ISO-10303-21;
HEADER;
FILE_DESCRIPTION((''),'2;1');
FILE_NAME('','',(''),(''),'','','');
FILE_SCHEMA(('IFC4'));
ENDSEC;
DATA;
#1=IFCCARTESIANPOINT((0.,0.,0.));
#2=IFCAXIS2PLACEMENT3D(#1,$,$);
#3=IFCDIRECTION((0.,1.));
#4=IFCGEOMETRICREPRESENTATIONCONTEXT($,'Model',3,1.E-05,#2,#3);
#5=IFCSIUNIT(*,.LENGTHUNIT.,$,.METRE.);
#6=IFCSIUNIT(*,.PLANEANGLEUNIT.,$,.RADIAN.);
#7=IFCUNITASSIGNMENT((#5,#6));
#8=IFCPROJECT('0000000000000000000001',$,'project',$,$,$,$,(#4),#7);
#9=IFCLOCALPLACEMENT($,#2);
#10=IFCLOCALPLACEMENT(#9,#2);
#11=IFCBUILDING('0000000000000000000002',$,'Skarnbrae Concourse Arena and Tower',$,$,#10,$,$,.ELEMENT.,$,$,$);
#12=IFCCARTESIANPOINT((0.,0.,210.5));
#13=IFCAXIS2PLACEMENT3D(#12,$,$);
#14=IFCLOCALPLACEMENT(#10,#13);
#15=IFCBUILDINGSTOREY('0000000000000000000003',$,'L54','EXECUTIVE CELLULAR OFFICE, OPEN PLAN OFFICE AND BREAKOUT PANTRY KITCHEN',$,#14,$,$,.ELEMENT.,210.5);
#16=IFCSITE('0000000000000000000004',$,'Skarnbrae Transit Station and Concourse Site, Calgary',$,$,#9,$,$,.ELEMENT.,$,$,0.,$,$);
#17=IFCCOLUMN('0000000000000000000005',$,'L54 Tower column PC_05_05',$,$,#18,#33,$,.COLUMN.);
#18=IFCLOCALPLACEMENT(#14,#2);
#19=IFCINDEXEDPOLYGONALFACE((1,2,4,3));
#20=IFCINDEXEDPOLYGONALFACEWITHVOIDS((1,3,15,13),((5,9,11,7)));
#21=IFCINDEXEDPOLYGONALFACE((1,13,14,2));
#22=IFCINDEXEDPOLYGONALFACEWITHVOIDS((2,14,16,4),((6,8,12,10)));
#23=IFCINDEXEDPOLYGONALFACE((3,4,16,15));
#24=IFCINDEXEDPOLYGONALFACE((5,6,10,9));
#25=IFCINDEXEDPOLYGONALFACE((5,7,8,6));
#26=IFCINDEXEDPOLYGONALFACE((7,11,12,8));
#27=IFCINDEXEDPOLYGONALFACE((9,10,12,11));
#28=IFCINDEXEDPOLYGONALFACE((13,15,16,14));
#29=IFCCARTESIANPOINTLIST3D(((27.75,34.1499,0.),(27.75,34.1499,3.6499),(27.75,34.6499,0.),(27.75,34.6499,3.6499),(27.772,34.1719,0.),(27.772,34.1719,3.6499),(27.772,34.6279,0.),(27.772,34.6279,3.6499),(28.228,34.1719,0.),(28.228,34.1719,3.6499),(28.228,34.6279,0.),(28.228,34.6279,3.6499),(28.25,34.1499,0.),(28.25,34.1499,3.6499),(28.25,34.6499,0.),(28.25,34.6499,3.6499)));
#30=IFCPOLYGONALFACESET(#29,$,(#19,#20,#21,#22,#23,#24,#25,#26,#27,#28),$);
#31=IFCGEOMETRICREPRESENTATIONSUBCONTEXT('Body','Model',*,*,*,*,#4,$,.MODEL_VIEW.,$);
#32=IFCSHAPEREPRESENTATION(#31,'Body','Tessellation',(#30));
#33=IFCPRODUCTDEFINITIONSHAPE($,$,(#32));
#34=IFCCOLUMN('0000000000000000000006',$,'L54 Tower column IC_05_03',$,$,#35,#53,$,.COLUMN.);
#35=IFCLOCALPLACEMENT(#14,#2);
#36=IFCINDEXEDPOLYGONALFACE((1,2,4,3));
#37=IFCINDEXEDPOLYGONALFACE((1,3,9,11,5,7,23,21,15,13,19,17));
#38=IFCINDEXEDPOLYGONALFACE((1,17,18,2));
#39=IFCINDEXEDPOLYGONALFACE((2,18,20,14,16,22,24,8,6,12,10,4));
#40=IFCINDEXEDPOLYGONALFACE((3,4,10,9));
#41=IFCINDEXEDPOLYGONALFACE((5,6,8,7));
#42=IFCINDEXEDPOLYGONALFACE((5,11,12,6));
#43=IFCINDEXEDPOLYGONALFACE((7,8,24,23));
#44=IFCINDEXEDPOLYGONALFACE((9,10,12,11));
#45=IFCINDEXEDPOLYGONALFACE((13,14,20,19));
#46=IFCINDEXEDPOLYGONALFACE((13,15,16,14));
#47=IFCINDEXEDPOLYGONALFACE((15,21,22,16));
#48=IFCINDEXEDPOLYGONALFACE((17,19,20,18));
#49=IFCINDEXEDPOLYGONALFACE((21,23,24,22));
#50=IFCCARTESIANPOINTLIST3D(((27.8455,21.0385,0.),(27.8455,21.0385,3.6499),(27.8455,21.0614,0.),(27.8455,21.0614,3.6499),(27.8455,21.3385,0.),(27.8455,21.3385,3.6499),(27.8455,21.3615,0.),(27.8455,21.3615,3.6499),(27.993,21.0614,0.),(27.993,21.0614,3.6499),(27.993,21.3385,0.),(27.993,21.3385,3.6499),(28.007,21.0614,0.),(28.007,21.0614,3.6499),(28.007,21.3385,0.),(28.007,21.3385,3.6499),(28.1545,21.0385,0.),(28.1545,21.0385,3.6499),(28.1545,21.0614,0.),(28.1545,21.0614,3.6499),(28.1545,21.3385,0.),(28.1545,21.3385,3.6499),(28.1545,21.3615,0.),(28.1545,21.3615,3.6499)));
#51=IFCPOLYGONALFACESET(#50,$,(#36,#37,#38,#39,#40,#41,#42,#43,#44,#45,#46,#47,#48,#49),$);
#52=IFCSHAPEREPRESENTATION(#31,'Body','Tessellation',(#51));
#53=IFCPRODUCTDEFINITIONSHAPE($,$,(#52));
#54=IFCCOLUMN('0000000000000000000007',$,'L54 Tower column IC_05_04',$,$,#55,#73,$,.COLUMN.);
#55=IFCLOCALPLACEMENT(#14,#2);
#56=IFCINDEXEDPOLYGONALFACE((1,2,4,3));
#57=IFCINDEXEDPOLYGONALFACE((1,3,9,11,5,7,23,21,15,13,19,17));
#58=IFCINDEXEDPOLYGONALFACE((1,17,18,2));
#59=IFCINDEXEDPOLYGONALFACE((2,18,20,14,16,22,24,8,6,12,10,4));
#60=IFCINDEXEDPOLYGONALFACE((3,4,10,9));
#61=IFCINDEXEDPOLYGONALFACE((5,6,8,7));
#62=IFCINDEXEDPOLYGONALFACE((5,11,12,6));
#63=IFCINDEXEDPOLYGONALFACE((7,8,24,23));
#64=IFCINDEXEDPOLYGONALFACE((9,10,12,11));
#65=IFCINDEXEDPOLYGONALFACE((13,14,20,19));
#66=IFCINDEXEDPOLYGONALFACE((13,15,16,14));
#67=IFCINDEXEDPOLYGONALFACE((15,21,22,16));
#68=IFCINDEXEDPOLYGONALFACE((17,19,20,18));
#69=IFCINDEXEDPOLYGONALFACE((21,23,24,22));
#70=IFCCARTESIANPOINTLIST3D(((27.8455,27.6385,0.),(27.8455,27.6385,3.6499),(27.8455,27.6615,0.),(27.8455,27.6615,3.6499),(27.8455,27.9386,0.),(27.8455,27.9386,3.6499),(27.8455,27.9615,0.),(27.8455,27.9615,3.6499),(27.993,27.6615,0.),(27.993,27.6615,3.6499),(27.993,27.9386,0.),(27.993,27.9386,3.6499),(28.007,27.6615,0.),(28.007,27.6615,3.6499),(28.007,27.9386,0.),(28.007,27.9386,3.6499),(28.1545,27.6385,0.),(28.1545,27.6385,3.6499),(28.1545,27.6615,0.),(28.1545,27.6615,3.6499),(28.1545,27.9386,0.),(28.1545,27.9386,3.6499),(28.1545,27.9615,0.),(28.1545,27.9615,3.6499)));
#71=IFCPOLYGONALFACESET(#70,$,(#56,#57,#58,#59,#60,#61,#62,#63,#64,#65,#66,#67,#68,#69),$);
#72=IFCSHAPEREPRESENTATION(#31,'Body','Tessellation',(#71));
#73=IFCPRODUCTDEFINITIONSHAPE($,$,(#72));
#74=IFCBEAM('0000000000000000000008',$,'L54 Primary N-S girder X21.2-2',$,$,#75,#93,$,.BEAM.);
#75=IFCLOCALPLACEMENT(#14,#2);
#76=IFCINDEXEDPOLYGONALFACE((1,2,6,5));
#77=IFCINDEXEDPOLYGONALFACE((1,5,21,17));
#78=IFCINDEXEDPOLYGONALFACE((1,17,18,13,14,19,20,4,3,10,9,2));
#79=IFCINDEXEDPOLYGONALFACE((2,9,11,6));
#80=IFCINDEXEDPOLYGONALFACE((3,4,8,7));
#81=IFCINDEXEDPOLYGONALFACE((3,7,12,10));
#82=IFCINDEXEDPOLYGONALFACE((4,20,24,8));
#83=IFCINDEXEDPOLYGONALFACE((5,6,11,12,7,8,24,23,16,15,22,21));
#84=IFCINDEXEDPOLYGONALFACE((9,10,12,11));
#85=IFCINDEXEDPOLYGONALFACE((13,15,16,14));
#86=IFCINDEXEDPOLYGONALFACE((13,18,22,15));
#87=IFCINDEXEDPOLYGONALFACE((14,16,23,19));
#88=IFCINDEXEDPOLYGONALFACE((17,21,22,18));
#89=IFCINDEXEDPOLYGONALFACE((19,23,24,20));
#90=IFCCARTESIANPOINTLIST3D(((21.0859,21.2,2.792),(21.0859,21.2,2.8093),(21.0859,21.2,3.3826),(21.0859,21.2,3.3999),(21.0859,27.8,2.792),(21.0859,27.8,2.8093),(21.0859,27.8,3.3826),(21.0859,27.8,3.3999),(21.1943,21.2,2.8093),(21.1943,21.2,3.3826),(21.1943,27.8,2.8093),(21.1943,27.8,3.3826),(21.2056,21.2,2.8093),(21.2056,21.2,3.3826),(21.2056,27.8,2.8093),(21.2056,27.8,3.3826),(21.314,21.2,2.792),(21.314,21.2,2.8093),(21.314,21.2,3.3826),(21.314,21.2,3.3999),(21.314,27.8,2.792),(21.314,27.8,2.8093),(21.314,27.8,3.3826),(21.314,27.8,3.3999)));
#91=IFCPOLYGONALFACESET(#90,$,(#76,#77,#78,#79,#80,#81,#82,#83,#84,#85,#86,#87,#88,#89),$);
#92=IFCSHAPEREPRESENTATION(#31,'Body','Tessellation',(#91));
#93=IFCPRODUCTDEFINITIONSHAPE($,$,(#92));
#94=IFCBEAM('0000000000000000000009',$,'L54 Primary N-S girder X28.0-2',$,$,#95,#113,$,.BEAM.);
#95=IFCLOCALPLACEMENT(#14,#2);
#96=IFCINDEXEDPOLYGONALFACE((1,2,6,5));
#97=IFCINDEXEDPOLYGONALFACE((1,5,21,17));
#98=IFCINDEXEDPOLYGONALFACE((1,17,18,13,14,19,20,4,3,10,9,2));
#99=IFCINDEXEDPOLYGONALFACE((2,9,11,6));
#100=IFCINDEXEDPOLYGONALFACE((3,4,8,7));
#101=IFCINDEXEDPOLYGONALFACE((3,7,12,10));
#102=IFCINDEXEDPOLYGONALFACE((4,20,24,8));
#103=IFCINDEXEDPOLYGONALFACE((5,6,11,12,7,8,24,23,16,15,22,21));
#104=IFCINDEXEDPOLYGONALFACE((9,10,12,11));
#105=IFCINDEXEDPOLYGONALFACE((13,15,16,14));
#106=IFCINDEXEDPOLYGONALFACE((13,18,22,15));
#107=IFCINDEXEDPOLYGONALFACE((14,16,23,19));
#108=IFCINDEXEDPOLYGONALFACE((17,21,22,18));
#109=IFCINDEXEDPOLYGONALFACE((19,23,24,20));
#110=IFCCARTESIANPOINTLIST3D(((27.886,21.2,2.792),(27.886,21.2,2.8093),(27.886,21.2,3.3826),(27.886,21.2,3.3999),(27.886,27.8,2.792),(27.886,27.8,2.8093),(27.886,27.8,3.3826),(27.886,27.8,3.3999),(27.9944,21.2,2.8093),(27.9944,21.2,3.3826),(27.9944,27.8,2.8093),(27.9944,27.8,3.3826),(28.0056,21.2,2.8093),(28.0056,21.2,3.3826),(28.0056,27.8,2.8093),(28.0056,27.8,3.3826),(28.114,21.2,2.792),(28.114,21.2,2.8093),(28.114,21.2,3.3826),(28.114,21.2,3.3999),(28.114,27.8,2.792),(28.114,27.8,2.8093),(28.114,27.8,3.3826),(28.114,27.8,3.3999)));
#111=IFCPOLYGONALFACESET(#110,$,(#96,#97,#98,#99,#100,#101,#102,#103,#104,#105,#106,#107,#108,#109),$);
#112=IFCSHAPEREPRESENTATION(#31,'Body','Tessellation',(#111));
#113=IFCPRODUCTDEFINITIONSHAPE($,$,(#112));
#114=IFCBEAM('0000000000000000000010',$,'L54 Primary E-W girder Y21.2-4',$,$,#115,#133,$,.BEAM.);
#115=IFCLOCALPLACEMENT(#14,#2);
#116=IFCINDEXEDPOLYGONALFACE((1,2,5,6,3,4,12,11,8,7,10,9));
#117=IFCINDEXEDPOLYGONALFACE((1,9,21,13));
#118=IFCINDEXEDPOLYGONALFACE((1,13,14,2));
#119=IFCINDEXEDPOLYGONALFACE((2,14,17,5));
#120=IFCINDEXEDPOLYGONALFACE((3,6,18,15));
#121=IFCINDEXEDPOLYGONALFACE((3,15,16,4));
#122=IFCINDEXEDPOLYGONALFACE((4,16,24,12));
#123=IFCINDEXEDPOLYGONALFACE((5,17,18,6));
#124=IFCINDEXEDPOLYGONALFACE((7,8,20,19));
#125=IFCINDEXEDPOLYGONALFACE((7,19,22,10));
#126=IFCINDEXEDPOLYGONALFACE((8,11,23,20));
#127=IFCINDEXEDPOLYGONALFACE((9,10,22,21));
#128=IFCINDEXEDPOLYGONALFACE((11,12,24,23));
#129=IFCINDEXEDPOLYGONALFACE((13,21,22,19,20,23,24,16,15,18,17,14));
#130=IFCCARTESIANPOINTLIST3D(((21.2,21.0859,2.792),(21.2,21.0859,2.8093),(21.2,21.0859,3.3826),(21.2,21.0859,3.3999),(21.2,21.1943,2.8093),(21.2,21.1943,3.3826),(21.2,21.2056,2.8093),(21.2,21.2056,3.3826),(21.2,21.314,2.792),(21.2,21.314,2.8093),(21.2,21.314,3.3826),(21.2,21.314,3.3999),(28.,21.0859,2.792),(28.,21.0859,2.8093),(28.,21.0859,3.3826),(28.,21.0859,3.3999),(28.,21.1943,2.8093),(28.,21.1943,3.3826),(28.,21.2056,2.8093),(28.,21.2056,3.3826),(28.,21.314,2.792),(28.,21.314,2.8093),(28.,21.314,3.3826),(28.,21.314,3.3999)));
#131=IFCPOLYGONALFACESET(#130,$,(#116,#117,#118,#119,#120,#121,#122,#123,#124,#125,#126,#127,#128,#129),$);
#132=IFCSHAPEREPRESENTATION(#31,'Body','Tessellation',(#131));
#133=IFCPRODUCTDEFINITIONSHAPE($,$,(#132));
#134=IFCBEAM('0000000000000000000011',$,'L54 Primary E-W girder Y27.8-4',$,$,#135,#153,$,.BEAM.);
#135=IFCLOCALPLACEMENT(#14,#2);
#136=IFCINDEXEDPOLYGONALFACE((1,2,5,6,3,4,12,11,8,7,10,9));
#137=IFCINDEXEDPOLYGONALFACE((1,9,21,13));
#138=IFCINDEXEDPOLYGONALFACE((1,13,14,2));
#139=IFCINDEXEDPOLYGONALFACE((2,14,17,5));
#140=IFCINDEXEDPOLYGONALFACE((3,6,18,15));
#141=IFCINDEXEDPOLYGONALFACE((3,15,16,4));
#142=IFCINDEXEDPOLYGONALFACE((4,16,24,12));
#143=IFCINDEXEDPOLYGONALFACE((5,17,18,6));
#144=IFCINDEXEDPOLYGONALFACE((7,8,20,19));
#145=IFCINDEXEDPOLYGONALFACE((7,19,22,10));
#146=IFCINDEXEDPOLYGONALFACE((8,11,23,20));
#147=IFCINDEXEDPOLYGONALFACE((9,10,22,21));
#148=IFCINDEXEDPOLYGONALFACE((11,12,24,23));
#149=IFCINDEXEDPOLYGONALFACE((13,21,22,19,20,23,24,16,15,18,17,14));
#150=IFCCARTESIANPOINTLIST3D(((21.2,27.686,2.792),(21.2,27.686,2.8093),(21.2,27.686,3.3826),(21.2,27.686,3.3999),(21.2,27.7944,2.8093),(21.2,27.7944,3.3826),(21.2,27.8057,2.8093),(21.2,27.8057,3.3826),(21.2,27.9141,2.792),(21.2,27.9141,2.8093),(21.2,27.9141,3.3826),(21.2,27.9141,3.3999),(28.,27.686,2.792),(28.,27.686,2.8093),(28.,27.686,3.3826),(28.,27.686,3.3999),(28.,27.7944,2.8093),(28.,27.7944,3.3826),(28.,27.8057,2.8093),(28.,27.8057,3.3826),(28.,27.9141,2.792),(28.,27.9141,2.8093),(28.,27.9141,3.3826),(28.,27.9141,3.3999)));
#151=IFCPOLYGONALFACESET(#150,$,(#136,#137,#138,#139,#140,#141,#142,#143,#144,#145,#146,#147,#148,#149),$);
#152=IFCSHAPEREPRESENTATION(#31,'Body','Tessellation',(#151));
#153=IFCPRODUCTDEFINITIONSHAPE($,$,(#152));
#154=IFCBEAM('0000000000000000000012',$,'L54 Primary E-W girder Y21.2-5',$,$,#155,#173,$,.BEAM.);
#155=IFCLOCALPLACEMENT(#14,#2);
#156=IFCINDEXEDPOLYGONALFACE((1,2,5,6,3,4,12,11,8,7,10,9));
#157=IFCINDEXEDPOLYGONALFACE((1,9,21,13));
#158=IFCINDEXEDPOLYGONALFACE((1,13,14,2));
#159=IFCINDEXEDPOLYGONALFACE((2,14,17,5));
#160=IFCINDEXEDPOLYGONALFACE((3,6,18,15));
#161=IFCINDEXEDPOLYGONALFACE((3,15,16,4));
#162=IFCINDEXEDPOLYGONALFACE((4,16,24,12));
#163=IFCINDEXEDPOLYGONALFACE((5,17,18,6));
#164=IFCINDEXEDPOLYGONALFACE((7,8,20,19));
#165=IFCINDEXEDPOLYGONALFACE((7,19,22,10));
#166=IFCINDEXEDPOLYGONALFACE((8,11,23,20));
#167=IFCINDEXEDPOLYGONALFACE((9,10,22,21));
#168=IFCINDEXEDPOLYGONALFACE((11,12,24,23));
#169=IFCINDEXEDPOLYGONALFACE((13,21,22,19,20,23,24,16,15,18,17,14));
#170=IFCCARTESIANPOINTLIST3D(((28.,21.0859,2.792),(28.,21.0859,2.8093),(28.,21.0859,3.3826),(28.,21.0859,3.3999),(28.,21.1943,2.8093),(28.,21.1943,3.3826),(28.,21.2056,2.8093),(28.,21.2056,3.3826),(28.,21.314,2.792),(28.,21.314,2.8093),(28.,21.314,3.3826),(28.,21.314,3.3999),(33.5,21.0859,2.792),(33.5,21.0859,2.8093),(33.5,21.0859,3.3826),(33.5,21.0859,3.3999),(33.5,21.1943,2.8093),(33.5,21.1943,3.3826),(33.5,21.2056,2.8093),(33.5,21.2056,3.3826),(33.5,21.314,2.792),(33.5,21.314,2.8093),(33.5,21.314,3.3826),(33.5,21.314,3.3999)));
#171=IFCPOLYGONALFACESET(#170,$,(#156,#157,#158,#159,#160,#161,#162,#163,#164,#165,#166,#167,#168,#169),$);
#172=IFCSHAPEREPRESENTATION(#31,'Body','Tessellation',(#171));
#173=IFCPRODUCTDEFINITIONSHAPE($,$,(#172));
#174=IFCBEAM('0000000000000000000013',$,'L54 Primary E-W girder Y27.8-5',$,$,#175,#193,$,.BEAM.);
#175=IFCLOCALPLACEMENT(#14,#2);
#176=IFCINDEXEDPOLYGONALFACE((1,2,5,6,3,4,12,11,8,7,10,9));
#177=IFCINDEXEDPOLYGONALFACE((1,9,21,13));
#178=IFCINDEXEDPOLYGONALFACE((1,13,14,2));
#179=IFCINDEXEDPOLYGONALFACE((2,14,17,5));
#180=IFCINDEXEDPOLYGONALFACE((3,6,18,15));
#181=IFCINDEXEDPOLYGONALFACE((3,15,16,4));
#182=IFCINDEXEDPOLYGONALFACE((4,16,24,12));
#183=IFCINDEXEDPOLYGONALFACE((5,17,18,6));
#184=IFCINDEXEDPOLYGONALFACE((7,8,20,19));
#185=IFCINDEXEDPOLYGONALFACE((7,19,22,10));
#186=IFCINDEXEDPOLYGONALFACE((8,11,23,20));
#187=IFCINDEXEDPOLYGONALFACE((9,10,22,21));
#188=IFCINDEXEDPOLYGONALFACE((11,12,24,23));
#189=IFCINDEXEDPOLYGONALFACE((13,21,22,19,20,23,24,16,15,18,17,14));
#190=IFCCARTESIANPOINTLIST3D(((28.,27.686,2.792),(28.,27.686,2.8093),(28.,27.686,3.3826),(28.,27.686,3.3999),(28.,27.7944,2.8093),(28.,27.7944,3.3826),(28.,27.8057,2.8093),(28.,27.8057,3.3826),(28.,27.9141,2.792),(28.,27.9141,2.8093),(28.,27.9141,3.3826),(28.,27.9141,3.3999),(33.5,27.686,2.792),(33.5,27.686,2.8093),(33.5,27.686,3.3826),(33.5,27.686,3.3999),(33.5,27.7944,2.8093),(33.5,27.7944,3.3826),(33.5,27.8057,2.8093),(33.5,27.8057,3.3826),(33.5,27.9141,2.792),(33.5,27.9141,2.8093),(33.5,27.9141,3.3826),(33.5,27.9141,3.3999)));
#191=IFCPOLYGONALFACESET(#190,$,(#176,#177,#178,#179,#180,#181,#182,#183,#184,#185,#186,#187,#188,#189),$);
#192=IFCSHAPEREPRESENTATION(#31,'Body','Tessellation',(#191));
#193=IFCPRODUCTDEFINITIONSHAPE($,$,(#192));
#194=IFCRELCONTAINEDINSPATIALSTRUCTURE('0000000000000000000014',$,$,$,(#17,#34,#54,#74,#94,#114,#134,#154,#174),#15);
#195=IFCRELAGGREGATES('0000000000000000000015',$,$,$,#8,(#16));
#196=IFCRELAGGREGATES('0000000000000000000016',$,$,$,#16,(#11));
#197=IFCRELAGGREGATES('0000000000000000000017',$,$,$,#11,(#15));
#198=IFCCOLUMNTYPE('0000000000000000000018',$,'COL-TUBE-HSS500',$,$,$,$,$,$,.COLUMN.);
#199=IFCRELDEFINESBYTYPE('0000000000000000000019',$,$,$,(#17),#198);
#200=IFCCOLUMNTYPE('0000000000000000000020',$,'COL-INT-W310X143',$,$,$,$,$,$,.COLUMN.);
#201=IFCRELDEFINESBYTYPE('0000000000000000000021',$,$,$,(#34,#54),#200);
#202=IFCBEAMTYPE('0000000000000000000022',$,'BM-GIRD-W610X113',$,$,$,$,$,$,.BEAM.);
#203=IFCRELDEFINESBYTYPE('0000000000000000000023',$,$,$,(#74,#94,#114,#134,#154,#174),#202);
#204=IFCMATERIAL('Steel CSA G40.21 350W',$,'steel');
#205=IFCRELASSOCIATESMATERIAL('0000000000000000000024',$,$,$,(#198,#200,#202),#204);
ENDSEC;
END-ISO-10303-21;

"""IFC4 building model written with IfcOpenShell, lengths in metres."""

from ifc_helpers import new_model, si_unit, direction, frame, origin, origin_2d, place, context, subcontext, project, spatial, hollow_rectangle, i_section, extrude, source, transform, mapped, material, material_profile, profile_set, type_object, element, save


model = new_model("IFC4")

# Units and contexts
model_context = context("Model", 3, precision=1e-05, world=origin(), true_north=direction((0.0, 1.0)))
body_context = subcontext(model_context, "Body", "Model", "MODEL_VIEW")
ifc_project = project(units=[si_unit("LENGTHUNIT", "METRE"), si_unit("PLANEANGLEUNIT", "RADIAN")], contexts=[model_context])

# Site, building, storey
site_placement = place(None, origin())
site = spatial("IfcSite", under=ifc_project, at=site_placement, Name="Skarnbrae Transit Station and Concourse Site, Calgary", CompositionType="ELEMENT", RefElevation=0.0)
building_placement = place(site_placement, origin())
building = spatial("IfcBuilding", under=site, at=building_placement, Name="Skarnbrae Concourse Arena and Tower", CompositionType="ELEMENT")
storey_placement = place(building_placement, frame((0.0, 0.0, 210.5)))
storey = spatial("IfcBuildingStorey", under=building, at=storey_placement, Name="L54", Description="EXECUTIVE CELLULAR OFFICE, OPEN PLAN OFFICE AND BREAKOUT PANTRY KITCHEN", CompositionType="ELEMENT", Elevation=210.5)

# Columns
ifc_material_1 = material(Name="Steel CSA G40.21 350W", Category="steel")
ifc_material_profile_1 = material_profile(ifc_material_1, hollow_rectangle(XDim=0.5, YDim=0.5, WallThickness=0.022, at=origin_2d()), Name="HSS500X500X22.0")
ifc_profile_set_1 = profile_set([ifc_material_profile_1], Name="Steel CSA G40.21 350W")
column_type_1 = type_object("IfcColumnType", Name="COL-TUBE-HSS500", PredefinedType="COLUMN", material=ifc_profile_set_1)
shared_shape_1 = source(origin(), body_context, "Body", "SweptSolid", [
    extrude(hollow_rectangle(XDim=0.5, YDim=0.5, WallThickness=0.022, at=origin_2d()), origin(), (0.0, 0.0, 1.0), 3.6499),
])
column_placement = place(storey_placement, frame((28.0, 34.3999, 0.0), z_axis=(0.0, 0.0, 1.0), x_axis=(1.0, 0.0, 0.0)))
element("IfcColumn", 1, at=column_placement, inside=storey, type_object=column_type_1, Name="L54 Tower column PC_05_05", PredefinedType="COLUMN", context=body_context, shape_type="MappedRepresentation", body=[
    mapped(shared_shape_1, transform((0.0, 0.0, 0.0))),
])
ifc_material_profile_2 = material_profile(ifc_material_1, i_section(OverallWidth=0.3091, OverallDepth=0.323, WebThickness=0.0139, FlangeThickness=0.0229, at=origin_2d()), Name="W310X143")
ifc_profile_set_2 = profile_set([ifc_material_profile_2], Name="Steel CSA G40.21 350W")
column_type_2 = type_object("IfcColumnType", Name="COL-INT-W310X143", PredefinedType="COLUMN", material=ifc_profile_set_2)
shared_shape_2 = source(origin(), body_context, "Body", "SweptSolid", [
    extrude(i_section(OverallWidth=0.3091, OverallDepth=0.323, WebThickness=0.0139, FlangeThickness=0.0229, at=origin_2d()), origin(), (0.0, 0.0, 1.0), 3.6499),
])
for number, where, z_axis, x_axis, name in (
    (2, (28.0, 21.2, 0.0), (0.0, 0.0, 1.0), (1.0, 0.0, 0.0), "L54 Tower column IC_05_03"),
    (3, (28.0, 27.8, 0.0), (0.0, 0.0, 1.0), (1.0, 0.0, 0.0), "L54 Tower column IC_05_04"),
):
    element("IfcColumn", number, at=place(storey_placement, frame(where, z_axis=z_axis, x_axis=x_axis)), inside=storey, type_object=column_type_2, Name=name, PredefinedType="COLUMN", context=body_context, shape_type="MappedRepresentation", body=[
        mapped(shared_shape_2, transform((0.0, 0.0, 0.0))),
    ])

# Beams
ifc_material_profile_3 = material_profile(ifc_material_1, i_section(OverallWidth=0.228, OverallDepth=0.6079, WebThickness=0.0112, FlangeThickness=0.0173, at=origin_2d()), Name="W610X113")
ifc_profile_set_3 = profile_set([ifc_material_profile_3], Name="Steel CSA G40.21 350W")
beam_type_1 = type_object("IfcBeamType", Name="BM-GIRD-W610X113", PredefinedType="BEAM", material=ifc_profile_set_3)
shared_shape_3 = source(origin(), body_context, "Body", "SweptSolid", [
    extrude(i_section(OverallWidth=0.228, OverallDepth=0.6079, WebThickness=0.0112, FlangeThickness=0.0173, at=origin_2d()), origin(), (0.0, 0.0, 1.0), 6.6001),
])
for number, where, z_axis, x_axis, name in (
    (4, (21.2, 21.2, 3.0959), (0.0, 1.0, 0.0), (-1.0, 0.0, 0.0), "L54 Primary N-S girder X21.2-2"),
    (5, (28.0, 21.2, 3.0959), (0.0, 1.0, 0.0), (-1.0, 0.0, 0.0), "L54 Primary N-S girder X28.0-2"),
):
    element("IfcBeam", number, at=place(storey_placement, frame(where, z_axis=z_axis, x_axis=x_axis)), inside=storey, type_object=beam_type_1, Name=name, PredefinedType="BEAM", context=body_context, shape_type="MappedRepresentation", body=[
        mapped(shared_shape_3, transform((0.0, 0.0, 0.0))),
    ])
shared_shape_4 = source(origin(), body_context, "Body", "SweptSolid", [
    extrude(i_section(OverallWidth=0.228, OverallDepth=0.6079, WebThickness=0.0112, FlangeThickness=0.0173, at=origin_2d()), origin(), (0.0, 0.0, 1.0), 6.8),
])
for number, where, z_axis, x_axis, name in (
    (6, (21.2, 21.2, 3.0959), (1.0, 0.0, 0.0), (0.0, 1.0, 0.0), "L54 Primary E-W girder Y21.2-4"),
    (7, (21.2, 27.8, 3.0959), (1.0, 0.0, 0.0), (0.0, 1.0, 0.0), "L54 Primary E-W girder Y27.8-4"),
):
    element("IfcBeam", number, at=place(storey_placement, frame(where, z_axis=z_axis, x_axis=x_axis)), inside=storey, type_object=beam_type_1, Name=name, PredefinedType="BEAM", context=body_context, shape_type="MappedRepresentation", body=[
        mapped(shared_shape_4, transform((0.0, 0.0, 0.0))),
    ])
shared_shape_5 = source(origin(), body_context, "Body", "SweptSolid", [
    extrude(i_section(OverallWidth=0.228, OverallDepth=0.6079, WebThickness=0.0112, FlangeThickness=0.0173, at=origin_2d()), origin(), (0.0, 0.0, 1.0), 5.5),
])
for number, where, z_axis, x_axis, name in (
    (8, (28.0, 21.2, 3.0959), (1.0, 0.0, 0.0), (0.0, 1.0, 0.0), "L54 Primary E-W girder Y21.2-5"),
    (9, (28.0, 27.8, 3.0959), (1.0, 0.0, 0.0), (0.0, 1.0, 0.0), "L54 Primary E-W girder Y27.8-5"),
):
    element("IfcBeam", number, at=place(storey_placement, frame(where, z_axis=z_axis, x_axis=x_axis)), inside=storey, type_object=beam_type_1, Name=name, PredefinedType="BEAM", context=body_context, shape_type="MappedRepresentation", body=[
        mapped(shared_shape_5, transform((0.0, 0.0, 0.0))),
    ])

save(model, "model.ifc")
